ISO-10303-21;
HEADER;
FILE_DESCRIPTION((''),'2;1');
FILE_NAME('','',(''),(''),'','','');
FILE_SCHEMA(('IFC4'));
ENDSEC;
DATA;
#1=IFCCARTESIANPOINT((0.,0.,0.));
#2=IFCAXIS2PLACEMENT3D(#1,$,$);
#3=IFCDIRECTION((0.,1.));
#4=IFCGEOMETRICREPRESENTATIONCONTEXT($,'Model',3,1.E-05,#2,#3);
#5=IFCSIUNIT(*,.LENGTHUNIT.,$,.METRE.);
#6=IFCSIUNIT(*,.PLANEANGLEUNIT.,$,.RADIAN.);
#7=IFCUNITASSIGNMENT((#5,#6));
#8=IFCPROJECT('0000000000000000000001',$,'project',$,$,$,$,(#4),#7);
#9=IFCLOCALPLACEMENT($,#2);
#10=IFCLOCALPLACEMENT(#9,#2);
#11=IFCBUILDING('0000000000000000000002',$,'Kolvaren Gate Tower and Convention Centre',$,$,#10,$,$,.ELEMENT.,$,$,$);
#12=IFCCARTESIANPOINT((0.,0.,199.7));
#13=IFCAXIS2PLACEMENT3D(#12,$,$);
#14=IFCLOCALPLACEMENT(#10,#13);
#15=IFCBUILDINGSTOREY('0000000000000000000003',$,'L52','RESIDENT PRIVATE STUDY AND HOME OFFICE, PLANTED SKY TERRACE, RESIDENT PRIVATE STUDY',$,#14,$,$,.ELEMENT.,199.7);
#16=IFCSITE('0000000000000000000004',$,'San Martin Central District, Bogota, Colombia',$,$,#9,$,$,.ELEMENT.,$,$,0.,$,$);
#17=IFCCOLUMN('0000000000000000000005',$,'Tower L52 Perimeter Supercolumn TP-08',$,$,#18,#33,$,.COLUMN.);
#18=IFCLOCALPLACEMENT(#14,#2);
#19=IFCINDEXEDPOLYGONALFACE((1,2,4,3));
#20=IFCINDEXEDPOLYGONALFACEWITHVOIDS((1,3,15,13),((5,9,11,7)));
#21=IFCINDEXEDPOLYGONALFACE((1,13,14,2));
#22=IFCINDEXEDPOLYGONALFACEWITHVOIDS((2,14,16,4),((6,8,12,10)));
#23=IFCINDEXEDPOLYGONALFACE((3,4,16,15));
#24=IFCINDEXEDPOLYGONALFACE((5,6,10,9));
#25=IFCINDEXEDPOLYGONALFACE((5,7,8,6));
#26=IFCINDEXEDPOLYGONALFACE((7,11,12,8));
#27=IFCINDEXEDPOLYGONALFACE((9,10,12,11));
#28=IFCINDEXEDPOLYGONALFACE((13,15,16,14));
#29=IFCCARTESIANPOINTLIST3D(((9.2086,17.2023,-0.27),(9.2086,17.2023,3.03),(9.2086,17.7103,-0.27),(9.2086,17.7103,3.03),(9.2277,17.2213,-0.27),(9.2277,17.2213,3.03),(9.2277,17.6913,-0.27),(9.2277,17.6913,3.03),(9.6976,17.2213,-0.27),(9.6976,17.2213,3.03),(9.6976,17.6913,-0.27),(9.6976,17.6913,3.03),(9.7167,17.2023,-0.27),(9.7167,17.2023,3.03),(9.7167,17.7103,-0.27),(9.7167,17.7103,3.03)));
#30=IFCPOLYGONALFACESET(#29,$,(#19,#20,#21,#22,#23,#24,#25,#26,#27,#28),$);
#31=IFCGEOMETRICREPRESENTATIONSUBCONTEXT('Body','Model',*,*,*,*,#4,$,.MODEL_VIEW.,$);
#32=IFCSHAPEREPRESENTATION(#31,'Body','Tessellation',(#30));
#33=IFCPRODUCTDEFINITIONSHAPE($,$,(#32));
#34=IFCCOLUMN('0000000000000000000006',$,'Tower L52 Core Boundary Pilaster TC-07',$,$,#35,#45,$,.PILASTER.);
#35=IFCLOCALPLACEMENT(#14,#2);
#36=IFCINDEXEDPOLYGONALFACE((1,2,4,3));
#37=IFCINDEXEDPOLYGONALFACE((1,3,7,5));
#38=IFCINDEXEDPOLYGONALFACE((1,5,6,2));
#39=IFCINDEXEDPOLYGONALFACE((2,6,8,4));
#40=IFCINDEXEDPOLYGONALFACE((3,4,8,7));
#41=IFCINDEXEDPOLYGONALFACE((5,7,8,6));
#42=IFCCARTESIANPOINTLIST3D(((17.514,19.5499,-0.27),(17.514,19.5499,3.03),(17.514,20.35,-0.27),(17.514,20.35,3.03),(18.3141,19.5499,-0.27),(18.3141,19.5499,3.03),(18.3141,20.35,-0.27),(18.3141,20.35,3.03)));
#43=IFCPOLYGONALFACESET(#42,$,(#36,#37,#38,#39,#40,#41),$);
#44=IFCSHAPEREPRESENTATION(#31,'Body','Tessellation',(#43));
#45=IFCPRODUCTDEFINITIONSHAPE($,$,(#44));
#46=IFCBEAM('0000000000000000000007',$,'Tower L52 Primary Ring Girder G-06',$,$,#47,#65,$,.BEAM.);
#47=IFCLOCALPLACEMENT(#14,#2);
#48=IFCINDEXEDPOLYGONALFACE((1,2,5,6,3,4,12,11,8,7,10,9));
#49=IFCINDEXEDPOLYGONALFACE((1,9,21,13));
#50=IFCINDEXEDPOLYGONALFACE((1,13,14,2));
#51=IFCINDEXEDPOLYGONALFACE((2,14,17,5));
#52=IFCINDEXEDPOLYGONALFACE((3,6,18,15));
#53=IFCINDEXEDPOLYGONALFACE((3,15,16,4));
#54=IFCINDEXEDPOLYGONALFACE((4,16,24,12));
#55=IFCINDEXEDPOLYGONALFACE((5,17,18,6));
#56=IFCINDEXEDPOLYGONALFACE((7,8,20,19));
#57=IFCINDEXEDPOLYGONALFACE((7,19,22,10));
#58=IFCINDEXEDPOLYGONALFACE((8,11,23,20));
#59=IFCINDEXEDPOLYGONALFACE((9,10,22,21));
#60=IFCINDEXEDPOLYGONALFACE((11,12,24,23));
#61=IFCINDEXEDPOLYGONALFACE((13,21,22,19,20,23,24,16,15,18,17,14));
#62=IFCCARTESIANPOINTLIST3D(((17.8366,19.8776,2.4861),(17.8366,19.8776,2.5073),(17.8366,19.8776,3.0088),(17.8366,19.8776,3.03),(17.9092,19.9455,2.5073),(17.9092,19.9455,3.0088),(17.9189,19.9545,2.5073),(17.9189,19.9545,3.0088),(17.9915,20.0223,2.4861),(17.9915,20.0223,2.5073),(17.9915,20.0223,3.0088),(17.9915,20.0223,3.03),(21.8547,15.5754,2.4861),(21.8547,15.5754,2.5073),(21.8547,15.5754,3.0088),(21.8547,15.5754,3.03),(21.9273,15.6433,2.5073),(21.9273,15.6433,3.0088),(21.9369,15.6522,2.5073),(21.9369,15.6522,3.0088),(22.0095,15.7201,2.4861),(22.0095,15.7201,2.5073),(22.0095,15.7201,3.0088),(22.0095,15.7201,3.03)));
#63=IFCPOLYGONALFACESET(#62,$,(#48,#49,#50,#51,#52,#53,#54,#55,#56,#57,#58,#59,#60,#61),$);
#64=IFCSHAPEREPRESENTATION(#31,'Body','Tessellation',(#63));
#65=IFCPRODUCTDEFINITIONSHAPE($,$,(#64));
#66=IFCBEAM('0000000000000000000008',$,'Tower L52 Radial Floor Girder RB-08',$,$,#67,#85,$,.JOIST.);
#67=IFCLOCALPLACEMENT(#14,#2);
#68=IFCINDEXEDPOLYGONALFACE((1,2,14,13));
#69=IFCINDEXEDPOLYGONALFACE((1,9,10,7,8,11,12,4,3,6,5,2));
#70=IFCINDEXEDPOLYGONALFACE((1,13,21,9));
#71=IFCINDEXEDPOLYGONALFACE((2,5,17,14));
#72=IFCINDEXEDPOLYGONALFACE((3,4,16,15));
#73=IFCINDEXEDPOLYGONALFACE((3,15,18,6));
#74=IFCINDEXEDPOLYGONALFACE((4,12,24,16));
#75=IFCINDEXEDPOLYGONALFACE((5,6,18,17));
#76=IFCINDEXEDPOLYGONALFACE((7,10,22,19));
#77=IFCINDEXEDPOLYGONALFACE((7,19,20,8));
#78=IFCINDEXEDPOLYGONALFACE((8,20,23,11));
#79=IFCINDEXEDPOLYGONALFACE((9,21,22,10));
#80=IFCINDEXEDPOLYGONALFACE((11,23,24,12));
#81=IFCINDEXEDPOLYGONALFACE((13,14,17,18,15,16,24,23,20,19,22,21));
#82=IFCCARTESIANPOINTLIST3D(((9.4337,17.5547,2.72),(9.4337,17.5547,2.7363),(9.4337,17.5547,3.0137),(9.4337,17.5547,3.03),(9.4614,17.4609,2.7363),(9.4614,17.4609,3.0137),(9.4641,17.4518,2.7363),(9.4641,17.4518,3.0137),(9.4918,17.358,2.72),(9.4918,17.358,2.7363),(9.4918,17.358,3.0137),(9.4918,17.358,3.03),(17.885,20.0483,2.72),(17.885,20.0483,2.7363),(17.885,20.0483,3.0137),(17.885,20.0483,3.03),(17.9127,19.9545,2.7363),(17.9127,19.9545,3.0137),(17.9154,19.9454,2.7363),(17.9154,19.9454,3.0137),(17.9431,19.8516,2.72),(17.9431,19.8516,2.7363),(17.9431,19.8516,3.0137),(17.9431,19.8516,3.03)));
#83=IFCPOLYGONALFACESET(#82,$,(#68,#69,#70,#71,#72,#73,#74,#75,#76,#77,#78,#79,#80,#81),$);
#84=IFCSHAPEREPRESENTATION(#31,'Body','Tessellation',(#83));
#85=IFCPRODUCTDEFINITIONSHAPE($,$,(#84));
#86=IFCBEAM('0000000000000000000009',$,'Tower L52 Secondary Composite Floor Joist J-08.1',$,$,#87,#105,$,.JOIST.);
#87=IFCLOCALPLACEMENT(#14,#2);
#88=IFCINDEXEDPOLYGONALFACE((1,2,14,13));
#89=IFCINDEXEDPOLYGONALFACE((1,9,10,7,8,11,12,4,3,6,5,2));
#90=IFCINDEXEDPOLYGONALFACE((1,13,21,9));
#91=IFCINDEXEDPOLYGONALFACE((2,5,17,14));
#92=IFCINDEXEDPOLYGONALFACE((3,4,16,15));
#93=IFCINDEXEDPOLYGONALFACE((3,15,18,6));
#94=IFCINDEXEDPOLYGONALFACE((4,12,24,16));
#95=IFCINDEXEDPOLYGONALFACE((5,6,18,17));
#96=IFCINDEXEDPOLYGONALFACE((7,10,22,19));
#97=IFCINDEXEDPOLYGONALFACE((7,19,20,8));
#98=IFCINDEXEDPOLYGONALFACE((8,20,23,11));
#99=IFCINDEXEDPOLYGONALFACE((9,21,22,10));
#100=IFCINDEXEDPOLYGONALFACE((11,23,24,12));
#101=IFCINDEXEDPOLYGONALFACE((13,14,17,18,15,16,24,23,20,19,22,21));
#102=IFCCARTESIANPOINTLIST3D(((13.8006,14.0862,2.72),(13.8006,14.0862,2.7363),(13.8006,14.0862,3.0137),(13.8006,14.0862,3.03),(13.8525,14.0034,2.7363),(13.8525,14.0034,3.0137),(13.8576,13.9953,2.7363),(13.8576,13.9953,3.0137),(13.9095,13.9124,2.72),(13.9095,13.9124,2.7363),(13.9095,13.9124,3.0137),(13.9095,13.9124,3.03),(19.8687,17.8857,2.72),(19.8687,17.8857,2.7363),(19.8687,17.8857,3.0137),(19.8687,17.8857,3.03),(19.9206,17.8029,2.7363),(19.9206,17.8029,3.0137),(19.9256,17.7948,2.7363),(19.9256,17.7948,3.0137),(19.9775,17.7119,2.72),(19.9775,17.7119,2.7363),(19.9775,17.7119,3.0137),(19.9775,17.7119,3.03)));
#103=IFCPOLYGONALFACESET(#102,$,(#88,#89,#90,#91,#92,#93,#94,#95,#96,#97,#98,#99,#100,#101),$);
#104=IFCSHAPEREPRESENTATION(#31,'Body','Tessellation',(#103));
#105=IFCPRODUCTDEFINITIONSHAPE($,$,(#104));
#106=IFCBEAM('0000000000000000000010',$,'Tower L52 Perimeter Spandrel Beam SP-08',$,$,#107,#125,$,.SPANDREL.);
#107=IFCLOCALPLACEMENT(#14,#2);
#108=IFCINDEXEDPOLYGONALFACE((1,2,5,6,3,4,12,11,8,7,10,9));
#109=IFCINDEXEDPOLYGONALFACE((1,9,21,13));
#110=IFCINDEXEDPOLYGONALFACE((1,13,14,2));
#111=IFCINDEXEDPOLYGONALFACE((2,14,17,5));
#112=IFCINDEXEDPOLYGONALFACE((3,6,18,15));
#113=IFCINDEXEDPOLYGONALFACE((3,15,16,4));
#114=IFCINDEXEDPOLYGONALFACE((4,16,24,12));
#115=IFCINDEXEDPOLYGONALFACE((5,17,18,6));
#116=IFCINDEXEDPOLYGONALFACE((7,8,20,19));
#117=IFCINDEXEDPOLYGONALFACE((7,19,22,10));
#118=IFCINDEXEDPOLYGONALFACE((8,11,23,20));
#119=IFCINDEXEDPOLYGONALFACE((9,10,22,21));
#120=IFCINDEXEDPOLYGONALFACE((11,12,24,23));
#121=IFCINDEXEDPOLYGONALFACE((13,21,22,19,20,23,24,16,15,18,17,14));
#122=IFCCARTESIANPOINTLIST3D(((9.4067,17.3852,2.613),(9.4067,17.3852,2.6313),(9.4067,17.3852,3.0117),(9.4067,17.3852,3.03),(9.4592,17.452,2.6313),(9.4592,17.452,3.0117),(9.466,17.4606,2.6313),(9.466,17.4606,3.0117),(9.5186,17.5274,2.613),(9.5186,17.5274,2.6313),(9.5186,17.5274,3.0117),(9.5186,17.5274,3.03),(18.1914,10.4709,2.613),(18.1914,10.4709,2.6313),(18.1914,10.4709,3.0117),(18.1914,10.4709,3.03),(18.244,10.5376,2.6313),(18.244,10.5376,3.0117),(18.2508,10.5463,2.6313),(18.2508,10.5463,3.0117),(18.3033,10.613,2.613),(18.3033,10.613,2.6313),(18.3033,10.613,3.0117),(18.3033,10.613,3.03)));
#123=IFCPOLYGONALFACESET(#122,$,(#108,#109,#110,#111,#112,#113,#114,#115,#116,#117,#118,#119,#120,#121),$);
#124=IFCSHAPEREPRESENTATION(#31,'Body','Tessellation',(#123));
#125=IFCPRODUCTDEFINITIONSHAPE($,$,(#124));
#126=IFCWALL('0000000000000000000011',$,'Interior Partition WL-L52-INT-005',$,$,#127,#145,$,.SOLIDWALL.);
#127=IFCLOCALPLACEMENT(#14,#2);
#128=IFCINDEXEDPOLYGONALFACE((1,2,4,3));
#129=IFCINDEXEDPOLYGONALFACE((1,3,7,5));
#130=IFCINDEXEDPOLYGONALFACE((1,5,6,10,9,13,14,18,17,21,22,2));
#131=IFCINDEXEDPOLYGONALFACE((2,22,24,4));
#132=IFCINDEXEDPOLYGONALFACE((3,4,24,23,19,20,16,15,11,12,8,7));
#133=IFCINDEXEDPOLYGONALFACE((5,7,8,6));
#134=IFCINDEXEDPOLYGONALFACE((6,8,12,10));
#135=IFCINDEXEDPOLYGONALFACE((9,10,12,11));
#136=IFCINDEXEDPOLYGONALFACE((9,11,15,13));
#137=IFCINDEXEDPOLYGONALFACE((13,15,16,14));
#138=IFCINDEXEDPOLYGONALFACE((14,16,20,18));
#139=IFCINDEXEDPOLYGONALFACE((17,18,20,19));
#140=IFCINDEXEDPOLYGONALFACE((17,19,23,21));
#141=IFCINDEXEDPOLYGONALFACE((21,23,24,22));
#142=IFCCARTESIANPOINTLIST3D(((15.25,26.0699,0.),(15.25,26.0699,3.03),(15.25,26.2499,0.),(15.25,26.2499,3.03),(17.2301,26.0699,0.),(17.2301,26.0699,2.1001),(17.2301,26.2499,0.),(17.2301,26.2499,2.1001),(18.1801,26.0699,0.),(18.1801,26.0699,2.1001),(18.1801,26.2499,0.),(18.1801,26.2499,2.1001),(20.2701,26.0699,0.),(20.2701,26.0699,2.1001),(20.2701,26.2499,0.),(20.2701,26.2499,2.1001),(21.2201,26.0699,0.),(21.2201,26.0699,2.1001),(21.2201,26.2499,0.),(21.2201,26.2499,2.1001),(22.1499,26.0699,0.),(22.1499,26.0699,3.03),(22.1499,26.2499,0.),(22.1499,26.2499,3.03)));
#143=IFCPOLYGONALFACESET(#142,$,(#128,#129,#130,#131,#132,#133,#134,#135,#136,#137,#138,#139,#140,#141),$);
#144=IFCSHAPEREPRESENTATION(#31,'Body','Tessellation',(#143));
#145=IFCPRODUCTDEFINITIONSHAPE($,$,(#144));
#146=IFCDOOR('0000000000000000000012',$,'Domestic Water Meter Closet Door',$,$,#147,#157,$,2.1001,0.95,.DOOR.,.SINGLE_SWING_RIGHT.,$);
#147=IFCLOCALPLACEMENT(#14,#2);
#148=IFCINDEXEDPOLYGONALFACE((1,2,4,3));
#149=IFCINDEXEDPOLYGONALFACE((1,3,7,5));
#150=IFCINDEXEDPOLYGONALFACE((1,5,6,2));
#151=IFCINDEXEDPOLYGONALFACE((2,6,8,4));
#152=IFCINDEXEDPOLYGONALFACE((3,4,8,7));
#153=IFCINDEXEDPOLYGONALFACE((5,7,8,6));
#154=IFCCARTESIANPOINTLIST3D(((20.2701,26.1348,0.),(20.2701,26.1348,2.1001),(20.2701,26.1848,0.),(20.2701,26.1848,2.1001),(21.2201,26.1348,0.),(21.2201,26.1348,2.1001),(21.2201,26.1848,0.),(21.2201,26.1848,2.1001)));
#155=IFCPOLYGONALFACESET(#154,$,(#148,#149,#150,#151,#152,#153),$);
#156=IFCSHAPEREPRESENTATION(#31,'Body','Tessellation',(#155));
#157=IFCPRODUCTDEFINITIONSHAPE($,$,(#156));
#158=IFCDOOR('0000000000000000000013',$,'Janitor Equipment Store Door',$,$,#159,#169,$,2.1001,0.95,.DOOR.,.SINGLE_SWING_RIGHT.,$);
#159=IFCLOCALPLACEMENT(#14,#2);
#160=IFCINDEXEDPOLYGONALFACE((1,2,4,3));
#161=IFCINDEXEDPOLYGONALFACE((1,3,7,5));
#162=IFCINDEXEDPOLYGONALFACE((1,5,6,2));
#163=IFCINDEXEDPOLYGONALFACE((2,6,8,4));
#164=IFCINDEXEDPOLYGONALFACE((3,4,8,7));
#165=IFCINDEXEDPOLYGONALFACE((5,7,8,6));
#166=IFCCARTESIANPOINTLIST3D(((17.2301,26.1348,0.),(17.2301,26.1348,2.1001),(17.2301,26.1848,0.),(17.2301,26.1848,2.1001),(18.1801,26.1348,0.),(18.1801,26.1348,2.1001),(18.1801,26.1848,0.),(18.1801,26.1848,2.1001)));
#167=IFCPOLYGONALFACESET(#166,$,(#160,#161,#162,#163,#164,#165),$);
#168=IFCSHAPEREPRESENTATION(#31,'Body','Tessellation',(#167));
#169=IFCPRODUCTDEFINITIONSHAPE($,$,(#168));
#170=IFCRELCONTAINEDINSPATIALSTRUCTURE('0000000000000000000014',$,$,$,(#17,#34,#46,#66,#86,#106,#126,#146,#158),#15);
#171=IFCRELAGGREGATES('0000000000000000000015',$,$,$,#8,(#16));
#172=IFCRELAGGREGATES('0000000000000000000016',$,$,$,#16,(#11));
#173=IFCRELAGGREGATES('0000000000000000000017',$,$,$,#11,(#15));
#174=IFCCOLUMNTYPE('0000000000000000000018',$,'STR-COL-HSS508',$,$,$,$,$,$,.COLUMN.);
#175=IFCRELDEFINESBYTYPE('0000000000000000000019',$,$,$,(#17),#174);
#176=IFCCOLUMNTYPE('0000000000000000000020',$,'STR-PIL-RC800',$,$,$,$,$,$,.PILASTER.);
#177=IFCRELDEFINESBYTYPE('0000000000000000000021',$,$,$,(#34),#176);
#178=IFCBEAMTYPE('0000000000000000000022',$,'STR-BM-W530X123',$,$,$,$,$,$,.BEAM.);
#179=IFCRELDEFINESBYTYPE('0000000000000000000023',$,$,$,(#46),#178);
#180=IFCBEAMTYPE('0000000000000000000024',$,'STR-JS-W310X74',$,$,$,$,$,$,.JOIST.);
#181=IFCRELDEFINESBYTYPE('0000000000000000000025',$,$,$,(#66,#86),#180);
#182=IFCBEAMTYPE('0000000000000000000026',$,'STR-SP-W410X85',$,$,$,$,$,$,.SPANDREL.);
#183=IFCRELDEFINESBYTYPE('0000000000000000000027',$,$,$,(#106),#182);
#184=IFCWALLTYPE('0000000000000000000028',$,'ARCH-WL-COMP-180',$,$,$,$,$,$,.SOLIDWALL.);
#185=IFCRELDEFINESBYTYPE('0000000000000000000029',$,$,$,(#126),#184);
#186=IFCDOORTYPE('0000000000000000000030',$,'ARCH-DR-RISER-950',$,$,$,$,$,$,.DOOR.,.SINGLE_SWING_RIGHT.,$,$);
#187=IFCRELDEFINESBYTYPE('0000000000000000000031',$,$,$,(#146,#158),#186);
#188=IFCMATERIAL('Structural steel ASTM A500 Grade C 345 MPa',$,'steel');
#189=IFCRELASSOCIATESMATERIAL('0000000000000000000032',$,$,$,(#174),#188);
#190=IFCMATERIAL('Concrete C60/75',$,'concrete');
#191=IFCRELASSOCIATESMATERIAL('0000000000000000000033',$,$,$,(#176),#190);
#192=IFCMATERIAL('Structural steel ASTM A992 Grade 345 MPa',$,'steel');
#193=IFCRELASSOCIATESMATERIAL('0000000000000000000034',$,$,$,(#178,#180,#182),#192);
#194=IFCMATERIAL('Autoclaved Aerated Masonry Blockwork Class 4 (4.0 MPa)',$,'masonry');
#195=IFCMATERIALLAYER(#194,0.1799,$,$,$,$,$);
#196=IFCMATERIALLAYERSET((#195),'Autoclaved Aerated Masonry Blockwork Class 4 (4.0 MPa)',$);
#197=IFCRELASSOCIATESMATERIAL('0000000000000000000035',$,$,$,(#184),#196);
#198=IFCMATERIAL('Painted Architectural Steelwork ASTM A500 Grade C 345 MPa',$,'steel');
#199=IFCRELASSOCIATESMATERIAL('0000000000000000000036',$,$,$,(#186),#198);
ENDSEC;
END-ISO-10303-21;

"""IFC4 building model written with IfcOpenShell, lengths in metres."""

from ifc_helpers import new_model, si_unit, direction, frame, frame_2d, origin, origin_2d, place, context, subcontext, project, spatial, rectangle, hollow_rectangle, i_section, extrude, material, layer, layer_set, material_profile, profile_set, type_object, element, fill, save


model = new_model("IFC4")

# Units and contexts
model_context = context("Model", 3, precision=1e-05, world=origin(), true_north=direction((0.0, 1.0)))
body_context = subcontext(model_context, "Body", "Model", "MODEL_VIEW")
ifc_project = project(units=[si_unit("LENGTHUNIT", "METRE"), si_unit("PLANEANGLEUNIT", "RADIAN")], contexts=[model_context])

# Site, building, storey
site_placement = place(None, origin())
site = spatial("IfcSite", under=ifc_project, at=site_placement, Name="San Martin Central District, Bogota, Colombia", CompositionType="ELEMENT", RefElevation=0.0)
building_placement = place(site_placement, origin())
building = spatial("IfcBuilding", under=site, at=building_placement, Name="Kolvaren Gate Tower and Convention Centre", CompositionType="ELEMENT")
storey_placement = place(building_placement, frame((0.0, 0.0, 199.7)))
storey = spatial("IfcBuildingStorey", under=building, at=storey_placement, Name="L52", Description="RESIDENT PRIVATE STUDY AND HOME OFFICE, PLANTED SKY TERRACE, RESIDENT PRIVATE STUDY", CompositionType="ELEMENT", Elevation=199.7)

# Columns
ifc_material_1 = material(Name="Structural steel ASTM A500 Grade C 345 MPa", Category="steel")
ifc_material_profile_1 = material_profile(ifc_material_1, hollow_rectangle(XDim=0.5081, YDim=0.5081, WallThickness=0.019, at=origin_2d()), Name="HSS508X508X19.1")
ifc_profile_set_1 = profile_set([ifc_material_profile_1], Name="Structural steel ASTM A500 Grade C 345 MPa")
column_type_1 = type_object("IfcColumnType", Name="STR-COL-HSS508", PredefinedType="COLUMN", material=ifc_profile_set_1)
column_1_placement = place(storey_placement, frame((9.4626, 17.4563, -0.27), z_axis=(0.0, 0.0, 1.0), x_axis=(1.0, 0.0, 0.0)))
element("IfcColumn", 1, at=column_1_placement, inside=storey, type_object=column_type_1, Name="Tower L52 Perimeter Supercolumn TP-08", PredefinedType="COLUMN", context=body_context, shape_type="SweptSolid", body=[
    extrude(hollow_rectangle(XDim=0.5081, YDim=0.5081, WallThickness=0.019, at=origin_2d()), origin(), (0.0, 0.0, 1.0), 3.3),
])
ifc_material_2 = material(Name="Concrete C60/75", Category="concrete")
ifc_material_profile_2 = material_profile(ifc_material_2, rectangle(XDim=0.8, YDim=0.8, at=origin_2d()), Name="RC-COL-800X800")
ifc_profile_set_2 = profile_set([ifc_material_profile_2], Name="Concrete C60/75")
column_type_2 = type_object("IfcColumnType", Name="STR-PIL-RC800", PredefinedType="PILASTER", material=ifc_profile_set_2)
column_2_placement = place(storey_placement, frame((17.9141, 19.95, -0.27), z_axis=(0.0, 0.0, 1.0), x_axis=(1.0, 0.0, 0.0)))
element("IfcColumn", 2, at=column_2_placement, inside=storey, type_object=column_type_2, Name="Tower L52 Core Boundary Pilaster TC-07", PredefinedType="PILASTER", context=body_context, shape_type="SweptSolid", body=[
    extrude(rectangle(XDim=0.8, YDim=0.8, at=origin_2d()), origin(), (0.0, 0.0, 1.0), 3.3),
])

# Beams
ifc_material_3 = material(Name="Structural steel ASTM A992 Grade 345 MPa", Category="steel")
ifc_material_profile_3 = material_profile(ifc_material_3, i_section(OverallWidth=0.2119, OverallDepth=0.5439, WebThickness=0.0132, FlangeThickness=0.0212, at=origin_2d()), Name="W530X123")
ifc_profile_set_3 = profile_set([ifc_material_profile_3], Name="Structural steel ASTM A992 Grade 345 MPa")
beam_type_1 = type_object("IfcBeamType", Name="STR-BM-W530X123", PredefinedType="BEAM", material=ifc_profile_set_3)
beam_1_placement = place(storey_placement, frame((17.9141, 19.95, 2.7581), z_axis=(0.682558, -0.730832, 0.0), x_axis=(0.730832, 0.682558, 0.0)))
element("IfcBeam", 3, at=beam_1_placement, inside=storey, type_object=beam_type_1, Name="Tower L52 Primary Ring Girder G-06", PredefinedType="BEAM", context=body_context, shape_type="SweptSolid", body=[
    extrude(i_section(OverallWidth=0.2119, OverallDepth=0.5439, WebThickness=0.0132, FlangeThickness=0.0212, at=origin_2d()), origin(), (0.0, 0.0, 1.0), 5.8867),
])
ifc_material_profile_4 = material_profile(ifc_material_3, i_section(OverallWidth=0.2051, OverallDepth=0.3101, WebThickness=0.0095, FlangeThickness=0.0164, at=origin_2d()), Name="W310X74")
ifc_profile_set_4 = profile_set([ifc_material_profile_4], Name="Structural steel ASTM A992 Grade 345 MPa")
beam_type_2 = type_object("IfcBeamType", Name="STR-JS-W310X74", PredefinedType="JOIST", material=ifc_profile_set_4)
beam_2_placement = place(storey_placement, frame((17.9141, 19.95, 2.875), z_axis=(-0.959121, -0.282996, 0.0), x_axis=(0.282996, -0.959121, 0.0)))
element("IfcBeam", 4, at=beam_2_placement, inside=storey, type_object=beam_type_2, Name="Tower L52 Radial Floor Girder RB-08", PredefinedType="JOIST", context=body_context, shape_type="SweptSolid", body=[
    extrude(i_section(OverallWidth=0.2051, OverallDepth=0.3101, WebThickness=0.0095, FlangeThickness=0.0164, at=origin_2d()), origin(), (0.0, 0.0, 1.0), 8.8115),
])
beam_3_placement = place(storey_placement, frame((19.9231, 17.7988, 2.875), z_axis=(-0.847559, -0.530701, 0.0), x_axis=(0.530701, -0.847559, 0.0)))
element("IfcBeam", 5, at=beam_3_placement, inside=storey, type_object=beam_type_2, Name="Tower L52 Secondary Composite Floor Joist J-08.1", PredefinedType="JOIST", context=body_context, shape_type="SweptSolid", body=[
    extrude(i_section(OverallWidth=0.2051, OverallDepth=0.3101, WebThickness=0.0095, FlangeThickness=0.0164, at=origin_2d()), origin(), (0.0, 0.0, 1.0), 7.1594),
])
ifc_material_profile_5 = material_profile(ifc_material_3, i_section(OverallWidth=0.1809, OverallDepth=0.417, WebThickness=0.011, FlangeThickness=0.0183, at=origin_2d()), Name="W410X85")
ifc_profile_set_5 = profile_set([ifc_material_profile_5], Name="Structural steel ASTM A992 Grade 345 MPa")
beam_type_3 = type_object("IfcBeamType", Name="STR-SP-W410X85", PredefinedType="SPANDREL", material=ifc_profile_set_5)
beam_4_placement = place(storey_placement, frame((9.4626, 17.4563, 2.8215), z_axis=(0.785794, -0.618489, 0.0), x_axis=(0.618489, 0.785794, 0.0)))
element("IfcBeam", 6, at=beam_4_placement, inside=storey, type_object=beam_type_3, Name="Tower L52 Perimeter Spandrel Beam SP-08", PredefinedType="SPANDREL", context=body_context, shape_type="SweptSolid", body=[
    extrude(i_section(OverallWidth=0.1809, OverallDepth=0.417, WebThickness=0.011, FlangeThickness=0.0183, at=origin_2d()), origin(), (0.0, 0.0, 1.0), 11.1794),
])

# Wall, openings, doors
ifc_material_4 = material(Name="Autoclaved Aerated Masonry Blockwork Class 4 (4.0 MPa)", Category="masonry")
ifc_layer_1 = layer(ifc_material_4, 0.1799)
ifc_layer_set_1 = layer_set([ifc_layer_1], Name="Autoclaved Aerated Masonry Blockwork Class 4 (4.0 MPa)")
wall_type_1 = type_object("IfcWallType", Name="ARCH-WL-COMP-180", PredefinedType="SOLIDWALL", material=ifc_layer_set_1)
wall_1_placement = place(storey_placement, frame((15.25, 26.1599, 0.0), z_axis=(0.0, 0.0, 1.0), x_axis=(1.0, 0.0, 0.0)))
wall_1 = element("IfcWall", 7, at=wall_1_placement, inside=storey, type_object=wall_type_1, Name="Interior Partition WL-L52-INT-005", PredefinedType="SOLIDWALL", context=body_context, shape_type="SweptSolid", body=[
    extrude(rectangle(XDim=6.8999, YDim=0.1799, at=frame_2d((3.45, 0.0))), origin(), (0.0, 0.0, 1.0), 3.03),
])
opening_1_placement = place(wall_1_placement, frame((5.02, 0.0, 0.0)))
opening_1 = element("IfcOpeningElement", 8, at=opening_1_placement, cuts=wall_1, PredefinedType="OPENING", context=body_context, shape_type="SweptSolid", body=[
    extrude(rectangle(XDim=0.95, YDim=2.1001, at=frame_2d((0.4751, 1.05))), frame((0.0, 0.0999, 0.0), z_axis=(0.0, -1.0, 0.0), x_axis=(1.0, 0.0, 0.0)), (0.0, 0.0, 1.0), 0.2),
])
opening_2_placement = place(wall_1_placement, frame((1.98, 0.0, 0.0)))
opening_2 = element("IfcOpeningElement", 9, at=opening_2_placement, cuts=wall_1, PredefinedType="OPENING", context=body_context, shape_type="SweptSolid", body=[
    extrude(rectangle(XDim=0.95, YDim=2.1001, at=frame_2d((0.4751, 1.05))), frame((0.0, 0.0999, 0.0), z_axis=(0.0, -1.0, 0.0), x_axis=(1.0, 0.0, 0.0)), (0.0, 0.0, 1.0), 0.2),
])
ifc_material_5 = material(Name="Painted Architectural Steelwork ASTM A500 Grade C 345 MPa", Category="steel")
door_type = type_object("IfcDoorType", Name="ARCH-DR-RISER-950", OperationType="SINGLE_SWING_RIGHT", PredefinedType="DOOR", material=ifc_material_5)
door_1_placement = place(opening_1_placement, origin())
door_1 = element("IfcDoor", 10, at=door_1_placement, inside=storey, type_object=door_type, Name="Domestic Water Meter Closet Door", OperationType="SINGLE_SWING_RIGHT", OverallHeight=2.1001, OverallWidth=0.95, PredefinedType="DOOR", context=body_context, shape_type="SweptSolid", body=[
    extrude(rectangle(XDim=0.95, YDim=2.1001, at=frame_2d((0.4751, 1.05))), frame((0.0, 0.0249, 0.0), z_axis=(0.0, -1.0, 0.0), x_axis=(1.0, 0.0, 0.0)), (0.0, 0.0, 1.0), 0.05),
])
fill(opening_1, door_1)
door_2_placement = place(opening_2_placement, origin())
door_2 = element("IfcDoor", 11, at=door_2_placement, inside=storey, type_object=door_type, Name="Janitor Equipment Store Door", OperationType="SINGLE_SWING_RIGHT", OverallHeight=2.1001, OverallWidth=0.95, PredefinedType="DOOR", context=body_context, shape_type="SweptSolid", body=[
    extrude(rectangle(XDim=0.95, YDim=2.1001, at=frame_2d((0.4751, 1.05))), frame((0.0, 0.0249, 0.0), z_axis=(0.0, -1.0, 0.0), x_axis=(1.0, 0.0, 0.0)), (0.0, 0.0, 1.0), 0.05),
])
fill(opening_2, door_2)

save(model, "model.ifc")
